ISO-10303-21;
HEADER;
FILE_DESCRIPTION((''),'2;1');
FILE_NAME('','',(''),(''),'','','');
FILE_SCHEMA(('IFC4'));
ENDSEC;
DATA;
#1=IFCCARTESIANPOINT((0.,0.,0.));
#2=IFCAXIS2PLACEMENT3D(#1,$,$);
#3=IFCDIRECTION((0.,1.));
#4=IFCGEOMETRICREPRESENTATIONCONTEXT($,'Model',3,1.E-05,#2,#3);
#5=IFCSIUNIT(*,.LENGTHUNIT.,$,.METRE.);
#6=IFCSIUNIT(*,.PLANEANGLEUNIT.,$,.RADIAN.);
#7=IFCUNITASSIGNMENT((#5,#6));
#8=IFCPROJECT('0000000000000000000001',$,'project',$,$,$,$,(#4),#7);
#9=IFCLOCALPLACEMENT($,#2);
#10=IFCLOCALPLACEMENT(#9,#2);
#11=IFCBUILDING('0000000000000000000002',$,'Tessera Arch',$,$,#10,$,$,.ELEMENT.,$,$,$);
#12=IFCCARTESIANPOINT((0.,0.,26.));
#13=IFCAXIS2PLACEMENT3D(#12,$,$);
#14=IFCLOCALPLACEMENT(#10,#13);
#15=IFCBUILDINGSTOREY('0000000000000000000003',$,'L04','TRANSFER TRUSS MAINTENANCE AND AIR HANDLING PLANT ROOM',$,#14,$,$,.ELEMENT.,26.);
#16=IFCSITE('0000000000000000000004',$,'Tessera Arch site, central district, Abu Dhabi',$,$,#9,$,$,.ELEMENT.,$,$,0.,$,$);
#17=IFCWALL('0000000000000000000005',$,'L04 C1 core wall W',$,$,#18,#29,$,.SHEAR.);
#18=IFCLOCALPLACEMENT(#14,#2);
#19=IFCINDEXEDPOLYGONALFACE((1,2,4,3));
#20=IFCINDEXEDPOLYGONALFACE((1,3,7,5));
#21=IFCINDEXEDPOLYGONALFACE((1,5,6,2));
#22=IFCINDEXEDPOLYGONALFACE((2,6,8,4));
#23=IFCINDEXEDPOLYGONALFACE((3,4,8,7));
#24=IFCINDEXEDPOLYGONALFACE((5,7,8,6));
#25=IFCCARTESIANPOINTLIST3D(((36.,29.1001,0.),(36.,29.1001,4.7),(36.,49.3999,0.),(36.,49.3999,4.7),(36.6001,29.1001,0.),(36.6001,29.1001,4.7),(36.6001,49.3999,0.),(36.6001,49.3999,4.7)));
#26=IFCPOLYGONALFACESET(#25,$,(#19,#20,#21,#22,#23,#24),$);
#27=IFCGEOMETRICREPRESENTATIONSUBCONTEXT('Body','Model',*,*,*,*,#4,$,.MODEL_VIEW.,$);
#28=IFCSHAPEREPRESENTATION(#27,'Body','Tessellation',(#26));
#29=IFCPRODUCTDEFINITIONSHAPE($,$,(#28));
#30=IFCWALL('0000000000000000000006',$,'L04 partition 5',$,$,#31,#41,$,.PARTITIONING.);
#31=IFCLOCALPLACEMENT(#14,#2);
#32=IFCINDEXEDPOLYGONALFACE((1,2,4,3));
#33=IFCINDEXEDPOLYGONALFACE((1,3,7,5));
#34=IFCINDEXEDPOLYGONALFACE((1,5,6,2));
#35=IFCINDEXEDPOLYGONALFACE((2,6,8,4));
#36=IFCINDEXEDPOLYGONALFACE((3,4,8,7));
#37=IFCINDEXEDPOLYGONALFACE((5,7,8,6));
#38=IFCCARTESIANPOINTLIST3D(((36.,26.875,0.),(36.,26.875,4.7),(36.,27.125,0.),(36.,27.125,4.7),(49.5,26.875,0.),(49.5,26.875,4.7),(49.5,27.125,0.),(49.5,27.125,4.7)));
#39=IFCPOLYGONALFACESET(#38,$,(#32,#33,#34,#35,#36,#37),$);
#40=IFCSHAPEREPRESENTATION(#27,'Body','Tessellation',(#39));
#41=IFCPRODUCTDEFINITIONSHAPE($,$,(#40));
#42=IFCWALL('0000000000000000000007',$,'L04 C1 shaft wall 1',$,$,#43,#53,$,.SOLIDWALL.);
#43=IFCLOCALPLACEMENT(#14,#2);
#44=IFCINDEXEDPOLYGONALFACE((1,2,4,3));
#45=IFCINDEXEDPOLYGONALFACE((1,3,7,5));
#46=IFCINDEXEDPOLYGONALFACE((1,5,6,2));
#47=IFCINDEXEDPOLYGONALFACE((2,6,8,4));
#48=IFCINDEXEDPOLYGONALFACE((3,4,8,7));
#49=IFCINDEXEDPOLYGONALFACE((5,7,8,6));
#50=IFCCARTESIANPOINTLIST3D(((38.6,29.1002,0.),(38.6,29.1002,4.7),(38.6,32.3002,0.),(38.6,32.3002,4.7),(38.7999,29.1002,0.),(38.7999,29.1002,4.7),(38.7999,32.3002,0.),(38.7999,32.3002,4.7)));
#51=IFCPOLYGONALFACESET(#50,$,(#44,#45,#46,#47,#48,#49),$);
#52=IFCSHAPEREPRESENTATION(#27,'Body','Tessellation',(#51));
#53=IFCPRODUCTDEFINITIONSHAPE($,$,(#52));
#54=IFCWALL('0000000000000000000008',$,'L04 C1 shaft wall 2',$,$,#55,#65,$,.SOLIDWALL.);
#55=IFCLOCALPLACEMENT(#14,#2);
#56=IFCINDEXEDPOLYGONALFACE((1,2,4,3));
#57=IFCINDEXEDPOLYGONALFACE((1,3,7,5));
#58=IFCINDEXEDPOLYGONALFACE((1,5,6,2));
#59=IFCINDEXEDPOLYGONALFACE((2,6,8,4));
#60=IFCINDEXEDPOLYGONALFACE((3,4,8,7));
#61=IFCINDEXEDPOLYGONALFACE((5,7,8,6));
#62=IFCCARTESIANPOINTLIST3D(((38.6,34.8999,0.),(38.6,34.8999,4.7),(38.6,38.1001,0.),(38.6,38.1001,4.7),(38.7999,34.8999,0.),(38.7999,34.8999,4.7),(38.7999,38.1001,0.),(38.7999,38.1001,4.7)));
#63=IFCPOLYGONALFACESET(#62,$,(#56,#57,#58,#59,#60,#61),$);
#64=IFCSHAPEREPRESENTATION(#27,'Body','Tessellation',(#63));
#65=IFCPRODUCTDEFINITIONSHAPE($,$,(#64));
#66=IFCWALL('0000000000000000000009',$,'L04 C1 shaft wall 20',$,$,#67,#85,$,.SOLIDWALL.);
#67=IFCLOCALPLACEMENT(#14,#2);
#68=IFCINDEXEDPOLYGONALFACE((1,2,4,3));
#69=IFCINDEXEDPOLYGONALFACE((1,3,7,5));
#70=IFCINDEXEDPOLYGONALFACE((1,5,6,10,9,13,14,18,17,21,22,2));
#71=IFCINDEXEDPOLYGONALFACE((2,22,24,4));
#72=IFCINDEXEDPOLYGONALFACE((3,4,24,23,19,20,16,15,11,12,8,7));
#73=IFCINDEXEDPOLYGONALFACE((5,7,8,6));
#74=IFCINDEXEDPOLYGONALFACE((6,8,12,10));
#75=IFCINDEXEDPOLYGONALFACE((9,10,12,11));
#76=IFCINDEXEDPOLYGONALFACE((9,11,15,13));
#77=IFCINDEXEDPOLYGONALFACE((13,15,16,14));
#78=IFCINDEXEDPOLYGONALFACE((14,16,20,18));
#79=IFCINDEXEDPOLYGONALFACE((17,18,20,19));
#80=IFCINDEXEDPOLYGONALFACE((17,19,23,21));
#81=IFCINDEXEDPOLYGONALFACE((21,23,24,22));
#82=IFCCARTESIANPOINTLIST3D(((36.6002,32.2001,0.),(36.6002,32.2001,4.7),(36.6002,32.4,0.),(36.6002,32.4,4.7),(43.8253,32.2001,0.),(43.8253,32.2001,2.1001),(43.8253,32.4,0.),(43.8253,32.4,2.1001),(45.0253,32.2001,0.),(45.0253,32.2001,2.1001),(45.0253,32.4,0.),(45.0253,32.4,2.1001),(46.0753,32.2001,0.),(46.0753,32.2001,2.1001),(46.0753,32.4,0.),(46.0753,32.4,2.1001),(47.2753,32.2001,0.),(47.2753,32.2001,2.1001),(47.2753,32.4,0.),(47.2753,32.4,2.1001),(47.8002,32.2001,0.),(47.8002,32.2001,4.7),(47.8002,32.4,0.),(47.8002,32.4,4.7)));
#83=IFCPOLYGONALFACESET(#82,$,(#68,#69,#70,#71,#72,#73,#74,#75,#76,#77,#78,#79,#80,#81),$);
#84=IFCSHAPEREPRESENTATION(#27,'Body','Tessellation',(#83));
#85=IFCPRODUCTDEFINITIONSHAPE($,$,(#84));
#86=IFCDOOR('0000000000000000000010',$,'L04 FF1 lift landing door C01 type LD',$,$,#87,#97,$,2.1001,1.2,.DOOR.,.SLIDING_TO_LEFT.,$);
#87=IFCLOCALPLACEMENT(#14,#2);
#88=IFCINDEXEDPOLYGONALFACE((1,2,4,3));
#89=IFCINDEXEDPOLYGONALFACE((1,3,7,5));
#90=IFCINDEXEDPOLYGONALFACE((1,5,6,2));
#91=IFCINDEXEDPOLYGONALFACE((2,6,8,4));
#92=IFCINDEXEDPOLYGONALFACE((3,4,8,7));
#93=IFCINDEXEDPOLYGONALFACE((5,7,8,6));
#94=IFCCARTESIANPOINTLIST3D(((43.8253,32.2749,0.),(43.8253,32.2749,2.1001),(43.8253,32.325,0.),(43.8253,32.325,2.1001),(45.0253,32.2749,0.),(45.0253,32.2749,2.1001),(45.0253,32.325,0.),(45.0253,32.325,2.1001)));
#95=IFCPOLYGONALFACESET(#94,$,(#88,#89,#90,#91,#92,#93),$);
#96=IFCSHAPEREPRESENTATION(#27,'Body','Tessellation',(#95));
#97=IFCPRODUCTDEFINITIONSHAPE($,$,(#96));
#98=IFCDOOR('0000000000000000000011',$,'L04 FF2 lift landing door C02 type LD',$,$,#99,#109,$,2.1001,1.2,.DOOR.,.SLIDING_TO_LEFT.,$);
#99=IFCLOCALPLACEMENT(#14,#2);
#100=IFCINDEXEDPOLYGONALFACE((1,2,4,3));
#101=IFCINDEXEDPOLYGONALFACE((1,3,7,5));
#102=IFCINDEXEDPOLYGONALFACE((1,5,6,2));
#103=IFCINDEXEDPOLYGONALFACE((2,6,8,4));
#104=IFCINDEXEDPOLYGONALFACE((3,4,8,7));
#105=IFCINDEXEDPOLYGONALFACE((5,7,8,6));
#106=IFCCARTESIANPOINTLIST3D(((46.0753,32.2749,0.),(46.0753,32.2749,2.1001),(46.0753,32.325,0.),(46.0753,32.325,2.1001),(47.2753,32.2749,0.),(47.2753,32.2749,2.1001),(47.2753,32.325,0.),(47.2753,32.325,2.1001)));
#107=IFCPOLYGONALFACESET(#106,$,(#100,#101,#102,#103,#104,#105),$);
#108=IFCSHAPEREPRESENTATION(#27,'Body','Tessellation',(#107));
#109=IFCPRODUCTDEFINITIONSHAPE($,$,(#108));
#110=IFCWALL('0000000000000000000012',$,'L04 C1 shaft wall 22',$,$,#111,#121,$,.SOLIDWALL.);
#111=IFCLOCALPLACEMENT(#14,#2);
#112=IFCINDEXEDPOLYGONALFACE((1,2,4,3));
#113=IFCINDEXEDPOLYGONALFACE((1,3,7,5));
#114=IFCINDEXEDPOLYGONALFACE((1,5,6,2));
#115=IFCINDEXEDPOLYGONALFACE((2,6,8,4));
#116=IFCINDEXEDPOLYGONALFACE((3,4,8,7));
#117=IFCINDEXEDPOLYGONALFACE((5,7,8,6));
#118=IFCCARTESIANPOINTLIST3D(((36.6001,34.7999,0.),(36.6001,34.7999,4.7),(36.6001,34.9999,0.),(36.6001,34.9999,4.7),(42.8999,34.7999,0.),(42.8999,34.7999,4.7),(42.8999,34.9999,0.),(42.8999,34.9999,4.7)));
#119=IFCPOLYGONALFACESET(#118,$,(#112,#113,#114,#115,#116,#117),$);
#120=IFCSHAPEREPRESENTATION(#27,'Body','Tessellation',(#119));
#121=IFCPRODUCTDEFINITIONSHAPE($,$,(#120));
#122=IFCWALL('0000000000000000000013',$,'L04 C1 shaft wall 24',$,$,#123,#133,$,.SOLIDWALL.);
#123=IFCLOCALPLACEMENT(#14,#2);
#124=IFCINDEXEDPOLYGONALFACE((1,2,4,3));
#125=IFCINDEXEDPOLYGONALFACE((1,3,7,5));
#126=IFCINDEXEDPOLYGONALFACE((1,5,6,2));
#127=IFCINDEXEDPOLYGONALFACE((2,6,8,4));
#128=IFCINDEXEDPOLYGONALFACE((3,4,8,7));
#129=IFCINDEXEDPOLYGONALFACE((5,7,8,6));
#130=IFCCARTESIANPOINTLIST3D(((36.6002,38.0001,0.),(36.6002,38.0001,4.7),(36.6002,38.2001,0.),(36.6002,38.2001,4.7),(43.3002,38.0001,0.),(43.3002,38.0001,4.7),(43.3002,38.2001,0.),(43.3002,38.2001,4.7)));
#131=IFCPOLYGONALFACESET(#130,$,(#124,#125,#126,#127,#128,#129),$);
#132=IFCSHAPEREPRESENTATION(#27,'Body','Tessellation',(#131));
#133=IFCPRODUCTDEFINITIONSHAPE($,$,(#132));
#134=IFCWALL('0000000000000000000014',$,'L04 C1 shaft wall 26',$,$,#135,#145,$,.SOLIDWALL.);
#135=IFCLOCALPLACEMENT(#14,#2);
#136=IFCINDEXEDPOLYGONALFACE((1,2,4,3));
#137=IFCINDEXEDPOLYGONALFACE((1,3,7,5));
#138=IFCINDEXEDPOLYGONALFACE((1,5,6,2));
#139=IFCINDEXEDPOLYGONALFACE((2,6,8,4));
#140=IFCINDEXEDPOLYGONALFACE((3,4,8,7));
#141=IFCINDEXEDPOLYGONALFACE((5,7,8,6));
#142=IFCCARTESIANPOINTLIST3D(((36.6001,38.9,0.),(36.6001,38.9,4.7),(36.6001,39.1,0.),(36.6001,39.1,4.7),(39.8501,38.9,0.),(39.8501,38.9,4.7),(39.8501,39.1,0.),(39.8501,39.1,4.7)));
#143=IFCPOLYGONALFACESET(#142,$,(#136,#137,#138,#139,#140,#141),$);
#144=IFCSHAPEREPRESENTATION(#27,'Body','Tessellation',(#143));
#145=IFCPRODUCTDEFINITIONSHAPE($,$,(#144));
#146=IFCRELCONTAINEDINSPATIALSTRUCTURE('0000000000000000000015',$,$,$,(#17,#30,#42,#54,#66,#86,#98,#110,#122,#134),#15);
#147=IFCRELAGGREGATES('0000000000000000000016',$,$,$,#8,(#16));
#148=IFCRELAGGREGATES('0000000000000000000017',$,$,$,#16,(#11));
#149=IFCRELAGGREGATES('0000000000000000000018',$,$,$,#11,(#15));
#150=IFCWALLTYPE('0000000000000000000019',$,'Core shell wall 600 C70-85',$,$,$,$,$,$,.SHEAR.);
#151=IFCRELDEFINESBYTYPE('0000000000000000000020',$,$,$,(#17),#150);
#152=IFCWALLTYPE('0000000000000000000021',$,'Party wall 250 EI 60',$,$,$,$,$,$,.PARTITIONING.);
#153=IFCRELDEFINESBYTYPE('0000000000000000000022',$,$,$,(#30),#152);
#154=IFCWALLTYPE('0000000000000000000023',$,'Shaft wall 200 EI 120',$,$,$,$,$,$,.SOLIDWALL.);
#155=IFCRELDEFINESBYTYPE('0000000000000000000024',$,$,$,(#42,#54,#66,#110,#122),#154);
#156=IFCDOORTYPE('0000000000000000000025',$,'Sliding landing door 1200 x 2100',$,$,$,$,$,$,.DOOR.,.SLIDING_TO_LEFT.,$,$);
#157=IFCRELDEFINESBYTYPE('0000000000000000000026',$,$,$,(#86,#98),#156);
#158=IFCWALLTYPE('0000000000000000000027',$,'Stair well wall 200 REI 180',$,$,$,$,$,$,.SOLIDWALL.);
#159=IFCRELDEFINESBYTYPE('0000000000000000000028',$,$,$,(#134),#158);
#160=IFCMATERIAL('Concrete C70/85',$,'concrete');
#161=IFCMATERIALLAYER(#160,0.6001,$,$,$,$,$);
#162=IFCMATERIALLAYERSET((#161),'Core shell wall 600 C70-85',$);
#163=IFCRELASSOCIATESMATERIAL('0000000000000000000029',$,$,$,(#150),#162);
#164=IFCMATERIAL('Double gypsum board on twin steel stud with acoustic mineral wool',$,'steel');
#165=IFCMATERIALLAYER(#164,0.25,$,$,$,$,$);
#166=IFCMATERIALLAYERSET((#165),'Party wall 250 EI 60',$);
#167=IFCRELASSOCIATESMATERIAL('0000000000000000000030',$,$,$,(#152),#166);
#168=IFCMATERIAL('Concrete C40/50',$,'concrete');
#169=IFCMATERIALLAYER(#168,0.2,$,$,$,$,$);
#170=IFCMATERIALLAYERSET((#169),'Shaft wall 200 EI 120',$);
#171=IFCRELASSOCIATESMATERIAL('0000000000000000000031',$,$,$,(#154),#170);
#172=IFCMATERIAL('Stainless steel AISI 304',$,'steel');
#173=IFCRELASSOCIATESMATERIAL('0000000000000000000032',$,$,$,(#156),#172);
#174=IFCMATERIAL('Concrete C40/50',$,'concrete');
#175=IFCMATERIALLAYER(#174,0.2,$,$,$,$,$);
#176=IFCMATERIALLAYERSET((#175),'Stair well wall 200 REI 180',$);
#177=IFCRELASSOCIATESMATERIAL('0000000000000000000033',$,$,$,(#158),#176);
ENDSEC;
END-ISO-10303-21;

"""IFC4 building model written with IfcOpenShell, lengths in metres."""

from ifc_helpers import new_model, si_unit, direction, frame, frame_2d, origin, place, context, subcontext, project, spatial, rectangle, extrude, material, layer, layer_set, type_object, element, fill, save


model = new_model("IFC4")

# Units and contexts
model_context = context("Model", 3, precision=1e-05, world=origin(), true_north=direction((0.0, 1.0)))
body_context = subcontext(model_context, "Body", "Model", "MODEL_VIEW")
ifc_project = project(units=[si_unit("LENGTHUNIT", "METRE"), si_unit("PLANEANGLEUNIT", "RADIAN")], contexts=[model_context])

# Site, building, storey
site_placement = place(None, origin())
site = spatial("IfcSite", under=ifc_project, at=site_placement, Name="Tessera Arch site, central district, Abu Dhabi", CompositionType="ELEMENT", RefElevation=0.0)
building_placement = place(site_placement, origin())
building = spatial("IfcBuilding", under=site, at=building_placement, Name="Tessera Arch", CompositionType="ELEMENT")
storey_placement = place(building_placement, frame((0.0, 0.0, 26.0)))
storey = spatial("IfcBuildingStorey", under=building, at=storey_placement, Name="L04", Description="TRANSFER TRUSS MAINTENANCE AND AIR HANDLING PLANT ROOM", CompositionType="ELEMENT", Elevation=26.0)

# Walls
ifc_material_1 = material(Name="Concrete C70/85", Category="concrete")
ifc_layer_1 = layer(ifc_material_1, 0.6001)
ifc_layer_set_1 = layer_set([ifc_layer_1], Name="Core shell wall 600 C70-85")
wall_type_1 = type_object("IfcWallType", Name="Core shell wall 600 C70-85", PredefinedType="SHEAR", material=ifc_layer_set_1)
wall_1_placement = place(storey_placement, frame((36.3, 29.1001, 0.0), z_axis=(0.0, 0.0, 1.0), x_axis=(0.0, 1.0, 0.0)))
element("IfcWall", 1, at=wall_1_placement, inside=storey, type_object=wall_type_1, Name="L04 C1 core wall W", PredefinedType="SHEAR", context=body_context, shape_type="SweptSolid", body=[
    extrude(rectangle(XDim=20.2998, YDim=0.6001, at=frame_2d((10.1499, 0.0))), origin(), (0.0, 0.0, 1.0), 4.7),
])
ifc_material_2 = material(Name="Double gypsum board on twin steel stud with acoustic mineral wool", Category="steel")
ifc_layer_2 = layer(ifc_material_2, 0.25)
ifc_layer_set_2 = layer_set([ifc_layer_2], Name="Party wall 250 EI 60")
wall_type_2 = type_object("IfcWallType", Name="Party wall 250 EI 60", PredefinedType="PARTITIONING", material=ifc_layer_set_2)
wall_2_placement = place(storey_placement, frame((36.0, 27.0, 0.0), z_axis=(0.0, 0.0, 1.0), x_axis=(1.0, 0.0, 0.0)))
element("IfcWall", 2, at=wall_2_placement, inside=storey, type_object=wall_type_2, Name="L04 partition 5", PredefinedType="PARTITIONING", context=body_context, shape_type="SweptSolid", body=[
    extrude(rectangle(XDim=13.5, YDim=0.25, at=frame_2d((6.75, 0.0))), origin(), (0.0, 0.0, 1.0), 4.7),
])
ifc_material_3 = material(Name="Concrete C40/50", Category="concrete")
ifc_layer_3 = layer(ifc_material_3, 0.2)
ifc_layer_set_3 = layer_set([ifc_layer_3], Name="Shaft wall 200 EI 120")
wall_type_3 = type_object("IfcWallType", Name="Shaft wall 200 EI 120", PredefinedType="SOLIDWALL", material=ifc_layer_set_3)
wall_3_placement = place(storey_placement, frame((38.7, 29.1001, 0.0), z_axis=(0.0, 0.0, 1.0), x_axis=(0.0, 1.0, 0.0)))
element("IfcWall", 3, at=wall_3_placement, inside=storey, type_object=wall_type_3, Name="L04 C1 shaft wall 1", PredefinedType="SOLIDWALL", context=body_context, shape_type="SweptSolid", body=[
    extrude(rectangle(XDim=3.2, YDim=0.2, at=frame_2d((1.6001, 0.0))), origin(), (0.0, 0.0, 1.0), 4.7),
])
wall_4_placement = place(storey_placement, frame((38.7, 34.8999, 0.0), z_axis=(0.0, 0.0, 1.0), x_axis=(0.0, 1.0, 0.0)))
element("IfcWall", 4, at=wall_4_placement, inside=storey, type_object=wall_type_3, Name="L04 C1 shaft wall 2", PredefinedType="SOLIDWALL", context=body_context, shape_type="SweptSolid", body=[
    extrude(rectangle(XDim=3.2002, YDim=0.2, at=frame_2d((1.6001, 0.0))), origin(), (0.0, 0.0, 1.0), 4.7),
])

# Wall, openings, doors
wall_5_placement = place(storey_placement, frame((36.6001, 32.3, 0.0), z_axis=(0.0, 0.0, 1.0), x_axis=(1.0, 0.0, 0.0)))
wall_5 = element("IfcWall", 5, at=wall_5_placement, inside=storey, type_object=wall_type_3, Name="L04 C1 shaft wall 20", PredefinedType="SOLIDWALL", context=body_context, shape_type="SweptSolid", body=[
    extrude(rectangle(XDim=11.2, YDim=0.2, at=frame_2d((5.6001, 0.0))), origin(), (0.0, 0.0, 1.0), 4.7),
])
opening_1_placement = place(wall_5_placement, frame((7.2251, 0.0, 0.0)))
opening_1 = element("IfcOpeningElement", 6, at=opening_1_placement, cuts=wall_5, PredefinedType="OPENING", context=body_context, shape_type="SweptSolid", body=[
    extrude(rectangle(XDim=1.2, YDim=2.1001, at=frame_2d((0.6001, 1.05))), frame((0.0, 0.1099, 0.0), z_axis=(0.0, -1.0, 0.0), x_axis=(1.0, 0.0, 0.0)), (0.0, 0.0, 1.0), 0.22),
])
opening_2_placement = place(wall_5_placement, frame((9.4751, 0.0, 0.0)))
opening_2 = element("IfcOpeningElement", 7, at=opening_2_placement, cuts=wall_5, PredefinedType="OPENING", context=body_context, shape_type="SweptSolid", body=[
    extrude(rectangle(XDim=1.2, YDim=2.1001, at=frame_2d((0.6001, 1.05))), frame((0.0, 0.1099, 0.0), z_axis=(0.0, -1.0, 0.0), x_axis=(1.0, 0.0, 0.0)), (0.0, 0.0, 1.0), 0.22),
])
ifc_material_4 = material(Name="Stainless steel AISI 304", Category="steel")
door_type = type_object("IfcDoorType", Name="Sliding landing door 1200 x 2100", OperationType="SLIDING_TO_LEFT", PredefinedType="DOOR", material=ifc_material_4)
door_1_placement = place(opening_1_placement, origin())
door_1 = element("IfcDoor", 8, at=door_1_placement, inside=storey, type_object=door_type, Name="L04 FF1 lift landing door C01 type LD", OperationType="SLIDING_TO_LEFT", OverallHeight=2.1001, OverallWidth=1.2, PredefinedType="DOOR", context=body_context, shape_type="SweptSolid", body=[
    extrude(rectangle(XDim=1.2, YDim=2.1001, at=frame_2d((0.6001, 1.05))), frame((0.0, 0.0249, 0.0), z_axis=(0.0, -1.0, 0.0), x_axis=(1.0, 0.0, 0.0)), (0.0, 0.0, 1.0), 0.05),
])
fill(opening_1, door_1)
door_2_placement = place(opening_2_placement, origin())
door_2 = element("IfcDoor", 9, at=door_2_placement, inside=storey, type_object=door_type, Name="L04 FF2 lift landing door C02 type LD", OperationType="SLIDING_TO_LEFT", OverallHeight=2.1001, OverallWidth=1.2, PredefinedType="DOOR", context=body_context, shape_type="SweptSolid", body=[
    extrude(rectangle(XDim=1.2, YDim=2.1001, at=frame_2d((0.6001, 1.05))), frame((0.0, 0.0249, 0.0), z_axis=(0.0, -1.0, 0.0), x_axis=(1.0, 0.0, 0.0)), (0.0, 0.0, 1.0), 0.05),
])
fill(opening_2, door_2)

# Walls
wall_6_placement = place(storey_placement, frame((36.6001, 34.8999, 0.0), z_axis=(0.0, 0.0, 1.0), x_axis=(1.0, 0.0, 0.0)))
element("IfcWall", 10, at=wall_6_placement, inside=storey, type_object=wall_type_3, Name="L04 C1 shaft wall 22", PredefinedType="SOLIDWALL", context=body_context, shape_type="SweptSolid", body=[
    extrude(rectangle(XDim=6.2998, YDim=0.2, at=frame_2d((3.1499, 0.0))), origin(), (0.0, 0.0, 1.0), 4.7),
])
wall_7_placement = place(storey_placement, frame((36.6001, 38.1001, 0.0), z_axis=(0.0, 0.0, 1.0), x_axis=(1.0, 0.0, 0.0)))
element("IfcWall", 11, at=wall_7_placement, inside=storey, type_object=wall_type_3, Name="L04 C1 shaft wall 24", PredefinedType="SOLIDWALL", context=body_context, shape_type="SweptSolid", body=[
    extrude(rectangle(XDim=6.7, YDim=0.2, at=frame_2d((3.3501, 0.0))), origin(), (0.0, 0.0, 1.0), 4.7),
])
ifc_material_5 = material(Name="Concrete C40/50", Category="concrete")
ifc_layer_4 = layer(ifc_material_5, 0.2)
ifc_layer_set_4 = layer_set([ifc_layer_4], Name="Stair well wall 200 REI 180")
wall_type_4 = type_object("IfcWallType", Name="Stair well wall 200 REI 180", PredefinedType="SOLIDWALL", material=ifc_layer_set_4)
wall_8_placement = place(storey_placement, frame((36.6001, 39.0, 0.0), z_axis=(0.0, 0.0, 1.0), x_axis=(1.0, 0.0, 0.0)))
element("IfcWall", 12, at=wall_8_placement, inside=storey, type_object=wall_type_4, Name="L04 C1 shaft wall 26", PredefinedType="SOLIDWALL", context=body_context, shape_type="SweptSolid", body=[
    extrude(rectangle(XDim=3.25, YDim=0.2, at=frame_2d((1.625, 0.0))), origin(), (0.0, 0.0, 1.0), 4.7),
])

save(model, "model.ifc")
